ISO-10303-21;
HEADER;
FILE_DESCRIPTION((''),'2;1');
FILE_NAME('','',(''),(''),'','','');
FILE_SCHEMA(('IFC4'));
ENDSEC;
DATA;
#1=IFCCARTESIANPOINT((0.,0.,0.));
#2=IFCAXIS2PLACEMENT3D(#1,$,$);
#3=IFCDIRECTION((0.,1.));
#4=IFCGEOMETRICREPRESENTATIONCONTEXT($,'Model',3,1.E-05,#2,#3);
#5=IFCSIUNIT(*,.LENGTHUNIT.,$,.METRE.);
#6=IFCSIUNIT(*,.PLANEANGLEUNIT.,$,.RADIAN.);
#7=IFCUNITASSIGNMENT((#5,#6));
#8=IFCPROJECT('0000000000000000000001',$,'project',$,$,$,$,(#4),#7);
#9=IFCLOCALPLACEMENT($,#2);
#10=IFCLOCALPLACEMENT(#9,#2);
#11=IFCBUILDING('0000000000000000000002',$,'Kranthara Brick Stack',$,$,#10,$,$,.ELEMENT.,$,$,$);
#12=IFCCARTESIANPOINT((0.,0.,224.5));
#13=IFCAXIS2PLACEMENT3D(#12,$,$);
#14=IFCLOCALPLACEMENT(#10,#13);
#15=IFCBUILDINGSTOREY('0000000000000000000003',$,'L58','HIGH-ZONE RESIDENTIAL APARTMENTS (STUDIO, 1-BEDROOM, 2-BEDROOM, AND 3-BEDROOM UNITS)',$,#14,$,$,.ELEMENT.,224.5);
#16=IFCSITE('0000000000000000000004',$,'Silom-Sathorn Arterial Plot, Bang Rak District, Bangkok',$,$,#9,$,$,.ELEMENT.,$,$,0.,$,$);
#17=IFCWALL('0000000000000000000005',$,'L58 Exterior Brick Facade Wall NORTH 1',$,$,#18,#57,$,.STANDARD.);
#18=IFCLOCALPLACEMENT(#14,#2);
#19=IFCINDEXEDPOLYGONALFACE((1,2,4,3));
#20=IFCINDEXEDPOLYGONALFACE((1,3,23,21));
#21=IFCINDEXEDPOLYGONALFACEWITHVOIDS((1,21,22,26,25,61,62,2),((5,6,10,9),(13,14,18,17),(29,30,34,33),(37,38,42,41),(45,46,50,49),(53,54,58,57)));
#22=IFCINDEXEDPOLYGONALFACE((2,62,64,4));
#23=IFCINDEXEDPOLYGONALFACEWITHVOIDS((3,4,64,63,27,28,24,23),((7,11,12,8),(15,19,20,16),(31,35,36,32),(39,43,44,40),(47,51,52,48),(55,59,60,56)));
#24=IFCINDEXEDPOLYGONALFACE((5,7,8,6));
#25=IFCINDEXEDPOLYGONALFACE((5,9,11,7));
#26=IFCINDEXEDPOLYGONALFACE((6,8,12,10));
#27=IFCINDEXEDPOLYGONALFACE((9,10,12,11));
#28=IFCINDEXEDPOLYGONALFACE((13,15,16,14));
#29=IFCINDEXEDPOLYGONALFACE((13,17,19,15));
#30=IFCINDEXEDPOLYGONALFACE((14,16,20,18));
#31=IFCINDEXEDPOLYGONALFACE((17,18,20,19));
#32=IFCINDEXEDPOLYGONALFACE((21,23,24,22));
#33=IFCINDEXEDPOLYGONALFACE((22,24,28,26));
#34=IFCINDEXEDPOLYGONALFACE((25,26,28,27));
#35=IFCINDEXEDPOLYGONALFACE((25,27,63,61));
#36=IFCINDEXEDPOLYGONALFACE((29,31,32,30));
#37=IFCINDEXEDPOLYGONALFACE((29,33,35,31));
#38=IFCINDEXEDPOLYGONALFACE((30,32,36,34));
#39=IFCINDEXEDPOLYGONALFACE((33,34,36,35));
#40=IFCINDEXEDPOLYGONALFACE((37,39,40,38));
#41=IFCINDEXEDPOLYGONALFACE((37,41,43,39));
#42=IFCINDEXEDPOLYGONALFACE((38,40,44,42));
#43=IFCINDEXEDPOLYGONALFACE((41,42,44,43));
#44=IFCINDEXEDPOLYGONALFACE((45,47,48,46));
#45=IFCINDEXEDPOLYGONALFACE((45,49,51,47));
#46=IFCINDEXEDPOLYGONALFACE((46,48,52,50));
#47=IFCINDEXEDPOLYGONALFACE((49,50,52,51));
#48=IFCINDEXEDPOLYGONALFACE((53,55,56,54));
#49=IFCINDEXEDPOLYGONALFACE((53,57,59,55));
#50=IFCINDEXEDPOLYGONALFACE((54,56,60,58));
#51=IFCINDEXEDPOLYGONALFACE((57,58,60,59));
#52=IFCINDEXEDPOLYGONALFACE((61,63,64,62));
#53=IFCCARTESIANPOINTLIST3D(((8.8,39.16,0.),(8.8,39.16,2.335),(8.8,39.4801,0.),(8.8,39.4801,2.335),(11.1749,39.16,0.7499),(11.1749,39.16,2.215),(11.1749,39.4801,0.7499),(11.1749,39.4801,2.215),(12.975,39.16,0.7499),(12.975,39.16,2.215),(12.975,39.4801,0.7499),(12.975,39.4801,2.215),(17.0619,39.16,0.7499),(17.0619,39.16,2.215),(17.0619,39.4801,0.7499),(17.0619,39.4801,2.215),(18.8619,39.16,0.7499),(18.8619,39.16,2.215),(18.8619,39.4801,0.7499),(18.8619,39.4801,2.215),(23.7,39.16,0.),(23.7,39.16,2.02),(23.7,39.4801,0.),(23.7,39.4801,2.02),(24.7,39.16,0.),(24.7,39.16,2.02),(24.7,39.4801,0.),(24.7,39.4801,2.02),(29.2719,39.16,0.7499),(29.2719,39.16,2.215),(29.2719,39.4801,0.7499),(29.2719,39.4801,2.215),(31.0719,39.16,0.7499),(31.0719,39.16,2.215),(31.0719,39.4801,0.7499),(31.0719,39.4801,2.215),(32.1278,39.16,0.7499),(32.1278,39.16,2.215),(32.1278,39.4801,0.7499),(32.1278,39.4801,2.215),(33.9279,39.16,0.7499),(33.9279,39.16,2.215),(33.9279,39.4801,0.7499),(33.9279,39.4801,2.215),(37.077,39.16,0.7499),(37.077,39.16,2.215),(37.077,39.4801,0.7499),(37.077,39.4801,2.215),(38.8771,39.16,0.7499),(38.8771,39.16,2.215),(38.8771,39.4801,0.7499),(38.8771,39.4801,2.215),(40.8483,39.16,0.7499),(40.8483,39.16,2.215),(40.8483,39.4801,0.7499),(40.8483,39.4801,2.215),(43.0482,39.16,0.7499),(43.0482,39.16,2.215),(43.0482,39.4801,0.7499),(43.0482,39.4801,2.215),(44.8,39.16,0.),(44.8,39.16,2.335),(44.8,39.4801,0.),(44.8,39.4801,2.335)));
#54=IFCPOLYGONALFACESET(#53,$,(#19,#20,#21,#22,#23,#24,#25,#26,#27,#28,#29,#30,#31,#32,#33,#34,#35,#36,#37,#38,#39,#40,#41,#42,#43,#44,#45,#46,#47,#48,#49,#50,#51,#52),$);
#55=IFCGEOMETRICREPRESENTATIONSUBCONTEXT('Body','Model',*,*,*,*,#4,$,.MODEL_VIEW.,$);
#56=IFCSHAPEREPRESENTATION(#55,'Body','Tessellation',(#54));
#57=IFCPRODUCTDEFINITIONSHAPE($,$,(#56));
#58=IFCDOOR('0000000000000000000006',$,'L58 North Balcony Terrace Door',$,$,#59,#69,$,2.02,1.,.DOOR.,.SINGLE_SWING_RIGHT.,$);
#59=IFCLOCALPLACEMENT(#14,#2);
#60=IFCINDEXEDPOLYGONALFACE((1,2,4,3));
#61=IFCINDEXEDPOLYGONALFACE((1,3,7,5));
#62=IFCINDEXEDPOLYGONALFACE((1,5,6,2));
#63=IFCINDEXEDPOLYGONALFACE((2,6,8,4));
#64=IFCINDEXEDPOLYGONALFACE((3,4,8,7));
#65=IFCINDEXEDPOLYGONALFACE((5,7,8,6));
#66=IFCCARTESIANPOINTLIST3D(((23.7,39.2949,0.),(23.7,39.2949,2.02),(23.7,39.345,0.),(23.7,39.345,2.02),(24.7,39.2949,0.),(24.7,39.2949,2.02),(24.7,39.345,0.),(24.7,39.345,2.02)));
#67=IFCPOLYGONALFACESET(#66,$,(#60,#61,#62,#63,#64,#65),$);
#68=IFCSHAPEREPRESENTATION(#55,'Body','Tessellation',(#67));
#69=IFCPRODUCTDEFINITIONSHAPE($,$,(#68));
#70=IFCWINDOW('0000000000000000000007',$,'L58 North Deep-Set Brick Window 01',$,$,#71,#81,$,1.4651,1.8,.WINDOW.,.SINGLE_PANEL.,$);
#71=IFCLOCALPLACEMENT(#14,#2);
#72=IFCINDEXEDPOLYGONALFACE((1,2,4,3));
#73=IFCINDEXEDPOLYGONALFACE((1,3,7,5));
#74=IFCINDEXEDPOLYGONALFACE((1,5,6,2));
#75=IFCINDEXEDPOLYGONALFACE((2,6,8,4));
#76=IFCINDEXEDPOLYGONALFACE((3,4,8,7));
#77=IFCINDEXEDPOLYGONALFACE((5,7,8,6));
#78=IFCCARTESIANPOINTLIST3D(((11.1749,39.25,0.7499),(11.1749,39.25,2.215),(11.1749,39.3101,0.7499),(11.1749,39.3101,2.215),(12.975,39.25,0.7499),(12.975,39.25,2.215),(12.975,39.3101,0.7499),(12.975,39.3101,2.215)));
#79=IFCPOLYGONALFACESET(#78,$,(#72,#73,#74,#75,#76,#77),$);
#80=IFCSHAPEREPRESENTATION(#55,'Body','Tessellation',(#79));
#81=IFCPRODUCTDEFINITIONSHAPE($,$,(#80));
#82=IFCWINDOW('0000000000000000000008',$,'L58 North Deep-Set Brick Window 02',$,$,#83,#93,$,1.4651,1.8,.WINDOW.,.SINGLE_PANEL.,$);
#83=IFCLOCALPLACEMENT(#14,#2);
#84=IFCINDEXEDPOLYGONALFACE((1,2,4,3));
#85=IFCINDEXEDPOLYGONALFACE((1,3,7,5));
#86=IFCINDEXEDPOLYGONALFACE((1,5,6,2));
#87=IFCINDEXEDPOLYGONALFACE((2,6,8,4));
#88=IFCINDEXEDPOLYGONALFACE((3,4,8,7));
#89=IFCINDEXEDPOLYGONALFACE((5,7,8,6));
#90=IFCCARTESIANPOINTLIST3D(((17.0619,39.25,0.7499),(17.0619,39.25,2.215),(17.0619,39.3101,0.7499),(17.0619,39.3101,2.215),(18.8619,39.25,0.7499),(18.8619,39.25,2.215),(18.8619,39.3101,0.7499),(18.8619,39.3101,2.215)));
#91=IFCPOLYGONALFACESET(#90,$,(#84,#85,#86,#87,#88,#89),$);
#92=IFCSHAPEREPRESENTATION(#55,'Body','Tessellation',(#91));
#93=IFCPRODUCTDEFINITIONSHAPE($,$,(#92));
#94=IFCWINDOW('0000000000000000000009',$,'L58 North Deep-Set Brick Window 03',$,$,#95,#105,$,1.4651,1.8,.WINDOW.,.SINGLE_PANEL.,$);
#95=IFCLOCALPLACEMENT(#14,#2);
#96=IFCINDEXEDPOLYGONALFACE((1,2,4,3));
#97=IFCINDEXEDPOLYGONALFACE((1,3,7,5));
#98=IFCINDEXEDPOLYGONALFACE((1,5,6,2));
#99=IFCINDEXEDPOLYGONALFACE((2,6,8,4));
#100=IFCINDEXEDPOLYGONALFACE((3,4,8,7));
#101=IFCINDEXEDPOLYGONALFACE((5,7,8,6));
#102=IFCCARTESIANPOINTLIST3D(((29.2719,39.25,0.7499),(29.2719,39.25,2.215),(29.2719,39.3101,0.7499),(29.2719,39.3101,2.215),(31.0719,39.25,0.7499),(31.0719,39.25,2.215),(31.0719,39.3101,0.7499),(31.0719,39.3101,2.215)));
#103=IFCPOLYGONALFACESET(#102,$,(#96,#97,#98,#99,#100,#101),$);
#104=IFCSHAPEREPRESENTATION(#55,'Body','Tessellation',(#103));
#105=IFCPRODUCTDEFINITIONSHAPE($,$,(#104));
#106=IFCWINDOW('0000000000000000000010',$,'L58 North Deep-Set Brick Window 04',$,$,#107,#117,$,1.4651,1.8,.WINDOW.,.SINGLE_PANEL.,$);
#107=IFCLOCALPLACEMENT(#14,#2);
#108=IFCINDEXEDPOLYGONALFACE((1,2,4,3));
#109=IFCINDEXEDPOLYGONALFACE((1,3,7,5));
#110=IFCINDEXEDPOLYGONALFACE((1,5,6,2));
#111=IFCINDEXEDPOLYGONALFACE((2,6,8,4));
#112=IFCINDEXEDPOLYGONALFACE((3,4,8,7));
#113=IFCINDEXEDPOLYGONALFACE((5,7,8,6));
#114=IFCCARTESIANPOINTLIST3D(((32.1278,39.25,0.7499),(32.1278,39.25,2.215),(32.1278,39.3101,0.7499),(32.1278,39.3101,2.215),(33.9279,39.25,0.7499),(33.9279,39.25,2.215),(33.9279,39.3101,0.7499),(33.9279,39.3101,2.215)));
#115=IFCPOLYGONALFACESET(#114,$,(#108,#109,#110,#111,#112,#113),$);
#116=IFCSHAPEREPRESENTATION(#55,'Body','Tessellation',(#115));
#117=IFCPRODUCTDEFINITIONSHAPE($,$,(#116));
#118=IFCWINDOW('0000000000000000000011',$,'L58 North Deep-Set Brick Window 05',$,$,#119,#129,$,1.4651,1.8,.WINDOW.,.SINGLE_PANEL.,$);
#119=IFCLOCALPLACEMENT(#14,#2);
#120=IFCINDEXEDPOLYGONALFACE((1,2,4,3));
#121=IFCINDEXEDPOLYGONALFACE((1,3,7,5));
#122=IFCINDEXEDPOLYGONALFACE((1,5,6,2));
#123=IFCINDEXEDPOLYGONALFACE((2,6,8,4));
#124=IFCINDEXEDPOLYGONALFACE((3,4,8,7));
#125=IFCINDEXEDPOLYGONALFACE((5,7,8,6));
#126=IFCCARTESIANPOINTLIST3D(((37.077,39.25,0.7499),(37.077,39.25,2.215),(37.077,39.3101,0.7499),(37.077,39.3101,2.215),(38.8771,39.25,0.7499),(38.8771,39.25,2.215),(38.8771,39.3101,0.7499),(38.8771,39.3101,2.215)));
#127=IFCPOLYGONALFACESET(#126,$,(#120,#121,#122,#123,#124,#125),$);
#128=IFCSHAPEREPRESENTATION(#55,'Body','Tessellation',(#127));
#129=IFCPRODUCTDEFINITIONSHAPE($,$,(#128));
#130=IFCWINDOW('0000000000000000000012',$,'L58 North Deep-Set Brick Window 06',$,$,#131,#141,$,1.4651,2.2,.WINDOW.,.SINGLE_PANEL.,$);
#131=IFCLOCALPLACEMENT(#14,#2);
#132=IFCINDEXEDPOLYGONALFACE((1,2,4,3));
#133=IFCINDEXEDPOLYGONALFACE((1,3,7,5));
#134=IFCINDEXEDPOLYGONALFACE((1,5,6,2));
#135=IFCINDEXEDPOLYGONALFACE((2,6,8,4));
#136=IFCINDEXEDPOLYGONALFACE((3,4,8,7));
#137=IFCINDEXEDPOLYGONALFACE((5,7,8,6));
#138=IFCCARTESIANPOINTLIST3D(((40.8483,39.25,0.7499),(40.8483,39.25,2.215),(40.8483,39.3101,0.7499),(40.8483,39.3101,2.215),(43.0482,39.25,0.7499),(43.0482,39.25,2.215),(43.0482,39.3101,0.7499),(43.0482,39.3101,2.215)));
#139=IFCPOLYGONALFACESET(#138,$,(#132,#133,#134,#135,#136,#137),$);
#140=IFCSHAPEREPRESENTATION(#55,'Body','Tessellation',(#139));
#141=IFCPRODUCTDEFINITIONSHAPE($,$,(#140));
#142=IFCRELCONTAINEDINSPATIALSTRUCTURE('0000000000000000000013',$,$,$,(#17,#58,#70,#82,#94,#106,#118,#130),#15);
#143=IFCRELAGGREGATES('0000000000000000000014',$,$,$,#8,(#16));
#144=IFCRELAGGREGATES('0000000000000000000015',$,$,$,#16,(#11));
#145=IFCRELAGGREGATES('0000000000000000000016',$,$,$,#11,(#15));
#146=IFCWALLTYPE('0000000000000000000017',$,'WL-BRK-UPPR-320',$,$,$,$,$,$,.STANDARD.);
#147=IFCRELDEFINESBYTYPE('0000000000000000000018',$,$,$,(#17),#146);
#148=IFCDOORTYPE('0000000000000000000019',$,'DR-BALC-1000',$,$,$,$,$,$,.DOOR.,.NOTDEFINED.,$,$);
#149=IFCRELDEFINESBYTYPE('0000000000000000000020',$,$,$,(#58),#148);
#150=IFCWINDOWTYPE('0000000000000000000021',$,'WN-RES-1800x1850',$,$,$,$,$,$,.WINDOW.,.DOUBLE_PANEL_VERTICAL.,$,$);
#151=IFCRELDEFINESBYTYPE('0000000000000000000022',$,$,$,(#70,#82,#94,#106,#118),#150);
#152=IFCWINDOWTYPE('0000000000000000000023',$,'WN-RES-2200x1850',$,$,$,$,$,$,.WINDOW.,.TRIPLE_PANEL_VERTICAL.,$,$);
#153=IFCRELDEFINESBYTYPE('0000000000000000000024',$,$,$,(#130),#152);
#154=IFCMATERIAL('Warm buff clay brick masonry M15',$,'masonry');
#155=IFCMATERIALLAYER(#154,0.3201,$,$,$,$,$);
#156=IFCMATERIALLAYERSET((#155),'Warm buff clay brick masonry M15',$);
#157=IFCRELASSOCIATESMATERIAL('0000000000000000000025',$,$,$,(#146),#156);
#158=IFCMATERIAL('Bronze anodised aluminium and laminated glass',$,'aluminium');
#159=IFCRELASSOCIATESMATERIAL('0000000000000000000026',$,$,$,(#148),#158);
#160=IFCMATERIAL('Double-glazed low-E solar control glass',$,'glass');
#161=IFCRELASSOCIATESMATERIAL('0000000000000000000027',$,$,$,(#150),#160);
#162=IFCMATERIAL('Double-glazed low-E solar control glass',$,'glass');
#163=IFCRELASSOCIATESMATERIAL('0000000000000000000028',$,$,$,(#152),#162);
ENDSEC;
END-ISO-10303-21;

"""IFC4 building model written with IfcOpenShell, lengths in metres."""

from ifc_helpers import new_model, si_unit, direction, frame, frame_2d, origin, place, context, subcontext, project, spatial, rectangle, extrude, material, layer, layer_set, type_object, element, fill, save


model = new_model("IFC4")

# Units and contexts
model_context = context("Model", 3, precision=1e-05, world=origin(), true_north=direction((0.0, 1.0)))
body_context = subcontext(model_context, "Body", "Model", "MODEL_VIEW")
ifc_project = project(units=[si_unit("LENGTHUNIT", "METRE"), si_unit("PLANEANGLEUNIT", "RADIAN")], contexts=[model_context])

# Site, building, storey
site_placement = place(None, origin())
site = spatial("IfcSite", under=ifc_project, at=site_placement, Name="Silom-Sathorn Arterial Plot, Bang Rak District, Bangkok", CompositionType="ELEMENT", RefElevation=0.0)
building_placement = place(site_placement, origin())
building = spatial("IfcBuilding", under=site, at=building_placement, Name="Kranthara Brick Stack", CompositionType="ELEMENT")
storey_placement = place(building_placement, frame((0.0, 0.0, 224.5)))
storey = spatial("IfcBuildingStorey", under=building, at=storey_placement, Name="L58", Description="HIGH-ZONE RESIDENTIAL APARTMENTS (STUDIO, 1-BEDROOM, 2-BEDROOM, AND 3-BEDROOM UNITS)", CompositionType="ELEMENT", Elevation=224.5)

# Shared definitions
ifc_material_1 = material(Name="Warm buff clay brick masonry M15", Category="masonry")
ifc_layer_1 = layer(ifc_material_1, 0.3201)
ifc_layer_set_1 = layer_set([ifc_layer_1], Name="Warm buff clay brick masonry M15")
wall_type_1 = type_object("IfcWallType", Name="WL-BRK-UPPR-320", PredefinedType="STANDARD", material=ifc_layer_set_1)

# Wall, openings, door, windows
wall_1_placement = place(storey_placement, frame((8.8, 39.3201, 0.0), z_axis=(0.0, 0.0, 1.0), x_axis=(1.0, 0.0, 0.0)))
wall_1 = element("IfcWall", 1, at=wall_1_placement, inside=storey, type_object=wall_type_1, Name="L58 Exterior Brick Facade Wall NORTH 1", PredefinedType="STANDARD", context=body_context, shape_type="SweptSolid", body=[
    extrude(rectangle(XDim=36.0, YDim=0.3201, at=frame_2d((18.0, 0.0))), origin(), (0.0, 0.0, 1.0), 2.335),
])
opening_1_placement = place(wall_1_placement, frame((14.8999, 0.0, 0.0)))
opening_1 = element("IfcOpeningElement", 2, at=opening_1_placement, cuts=wall_1, PredefinedType="OPENING", context=body_context, shape_type="SweptSolid", body=[
    extrude(rectangle(XDim=1.0, YDim=2.02, at=frame_2d((0.5, 1.01))), frame((0.0, 0.1699, 0.0), z_axis=(0.0, -1.0, 0.0), x_axis=(1.0, 0.0, 0.0)), (0.0, 0.0, 1.0), 0.3401),
])
opening_2_placement = place(wall_1_placement, frame((2.375, 0.0, 0.75)))
opening_2 = element("IfcOpeningElement", 3, at=opening_2_placement, cuts=wall_1, PredefinedType="OPENING", context=body_context, shape_type="SweptSolid", body=[
    extrude(rectangle(XDim=1.8, YDim=1.4651, at=frame_2d((0.8999, 0.7324))), frame((0.0, 0.1699, 0.0), z_axis=(0.0, -1.0, 0.0), x_axis=(1.0, 0.0, 0.0)), (0.0, 0.0, 1.0), 0.3401),
])
opening_3_placement = place(wall_1_placement, frame((8.262, 0.0, 0.75)))
opening_3 = element("IfcOpeningElement", 4, at=opening_3_placement, cuts=wall_1, PredefinedType="OPENING", context=body_context, shape_type="SweptSolid", body=[
    extrude(rectangle(XDim=1.8, YDim=1.4651, at=frame_2d((0.8999, 0.7324))), frame((0.0, 0.1699, 0.0), z_axis=(0.0, -1.0, 0.0), x_axis=(1.0, 0.0, 0.0)), (0.0, 0.0, 1.0), 0.3401),
])
opening_4_placement = place(wall_1_placement, frame((20.4719, 0.0, 0.75)))
opening_4 = element("IfcOpeningElement", 5, at=opening_4_placement, cuts=wall_1, PredefinedType="OPENING", context=body_context, shape_type="SweptSolid", body=[
    extrude(rectangle(XDim=1.8, YDim=1.4651, at=frame_2d((0.8999, 0.7324))), frame((0.0, 0.1699, 0.0), z_axis=(0.0, -1.0, 0.0), x_axis=(1.0, 0.0, 0.0)), (0.0, 0.0, 1.0), 0.3401),
])
opening_5_placement = place(wall_1_placement, frame((23.3279, 0.0, 0.75)))
opening_5 = element("IfcOpeningElement", 6, at=opening_5_placement, cuts=wall_1, PredefinedType="OPENING", context=body_context, shape_type="SweptSolid", body=[
    extrude(rectangle(XDim=1.8, YDim=1.4651, at=frame_2d((0.8999, 0.7324))), frame((0.0, 0.1699, 0.0), z_axis=(0.0, -1.0, 0.0), x_axis=(1.0, 0.0, 0.0)), (0.0, 0.0, 1.0), 0.3401),
])
opening_6_placement = place(wall_1_placement, frame((28.2771, 0.0, 0.75)))
opening_6 = element("IfcOpeningElement", 7, at=opening_6_placement, cuts=wall_1, PredefinedType="OPENING", context=body_context, shape_type="SweptSolid", body=[
    extrude(rectangle(XDim=1.8, YDim=1.4651, at=frame_2d((0.8999, 0.7324))), frame((0.0, 0.1699, 0.0), z_axis=(0.0, -1.0, 0.0), x_axis=(1.0, 0.0, 0.0)), (0.0, 0.0, 1.0), 0.3401),
])
opening_7_placement = place(wall_1_placement, frame((32.0481, 0.0, 0.75)))
opening_7 = element("IfcOpeningElement", 8, at=opening_7_placement, cuts=wall_1, PredefinedType="OPENING", context=body_context, shape_type="SweptSolid", body=[
    extrude(rectangle(XDim=2.2, YDim=1.4651, at=frame_2d((1.1001, 0.7324))), frame((0.0, 0.1699, 0.0), z_axis=(0.0, -1.0, 0.0), x_axis=(1.0, 0.0, 0.0)), (0.0, 0.0, 1.0), 0.3401),
])
ifc_material_2 = material(Name="Bronze anodised aluminium and laminated glass", Category="aluminium")
door_type_1 = type_object("IfcDoorType", Name="DR-BALC-1000", OperationType="NOTDEFINED", PredefinedType="DOOR", material=ifc_material_2)
door_1_placement = place(opening_1_placement, origin())
door_1 = element("IfcDoor", 9, at=door_1_placement, inside=storey, type_object=door_type_1, Name="L58 North Balcony Terrace Door", OperationType="SINGLE_SWING_RIGHT", OverallHeight=2.02, OverallWidth=1.0, PredefinedType="DOOR", context=body_context, shape_type="SweptSolid", body=[
    extrude(rectangle(XDim=1.0, YDim=2.02, at=frame_2d((0.5, 1.01))), frame((0.0, 0.0249, 0.0), z_axis=(0.0, -1.0, 0.0), x_axis=(1.0, 0.0, 0.0)), (0.0, 0.0, 1.0), 0.05),
])
fill(opening_1, door_1)
ifc_material_3 = material(Name="Double-glazed low-E solar control glass", Category="glass")
window_type_1 = type_object("IfcWindowType", Name="WN-RES-1800x1850", PartitioningType="DOUBLE_PANEL_VERTICAL", PredefinedType="WINDOW", material=ifc_material_3)
window_1_placement = place(opening_2_placement, origin())
window_1 = element("IfcWindow", 10, at=window_1_placement, inside=storey, type_object=window_type_1, Name="L58 North Deep-Set Brick Window 01", OverallHeight=1.4651, OverallWidth=1.8, PartitioningType="SINGLE_PANEL", PredefinedType="WINDOW", context=body_context, shape_type="SweptSolid", body=[
    extrude(rectangle(XDim=1.8, YDim=1.4651, at=frame_2d((0.8999, 0.7324))), frame((0.0, -0.01, 0.0), z_axis=(0.0, -1.0, 0.0), x_axis=(1.0, 0.0, 0.0)), (0.0, 0.0, 1.0), 0.0601),
])
fill(opening_2, window_1)
window_2_placement = place(opening_3_placement, origin())
window_2 = element("IfcWindow", 11, at=window_2_placement, inside=storey, type_object=window_type_1, Name="L58 North Deep-Set Brick Window 02", OverallHeight=1.4651, OverallWidth=1.8, PartitioningType="SINGLE_PANEL", PredefinedType="WINDOW", context=body_context, shape_type="SweptSolid", body=[
    extrude(rectangle(XDim=1.8, YDim=1.4651, at=frame_2d((0.8999, 0.7324))), frame((0.0, -0.01, 0.0), z_axis=(0.0, -1.0, 0.0), x_axis=(1.0, 0.0, 0.0)), (0.0, 0.0, 1.0), 0.0601),
])
fill(opening_3, window_2)
window_3_placement = place(opening_4_placement, origin())
window_3 = element("IfcWindow", 12, at=window_3_placement, inside=storey, type_object=window_type_1, Name="L58 North Deep-Set Brick Window 03", OverallHeight=1.4651, OverallWidth=1.8, PartitioningType="SINGLE_PANEL", PredefinedType="WINDOW", context=body_context, shape_type="SweptSolid", body=[
    extrude(rectangle(XDim=1.8, YDim=1.4651, at=frame_2d((0.8999, 0.7324))), frame((0.0, -0.01, 0.0), z_axis=(0.0, -1.0, 0.0), x_axis=(1.0, 0.0, 0.0)), (0.0, 0.0, 1.0), 0.0601),
])
fill(opening_4, window_3)
window_4_placement = place(opening_5_placement, origin())
window_4 = element("IfcWindow", 13, at=window_4_placement, inside=storey, type_object=window_type_1, Name="L58 North Deep-Set Brick Window 04", OverallHeight=1.4651, OverallWidth=1.8, PartitioningType="SINGLE_PANEL", PredefinedType="WINDOW", context=body_context, shape_type="SweptSolid", body=[
    extrude(rectangle(XDim=1.8, YDim=1.4651, at=frame_2d((0.8999, 0.7324))), frame((0.0, -0.01, 0.0), z_axis=(0.0, -1.0, 0.0), x_axis=(1.0, 0.0, 0.0)), (0.0, 0.0, 1.0), 0.0601),
])
fill(opening_5, window_4)
window_5_placement = place(opening_6_placement, origin())
window_5 = element("IfcWindow", 14, at=window_5_placement, inside=storey, type_object=window_type_1, Name="L58 North Deep-Set Brick Window 05", OverallHeight=1.4651, OverallWidth=1.8, PartitioningType="SINGLE_PANEL", PredefinedType="WINDOW", context=body_context, shape_type="SweptSolid", body=[
    extrude(rectangle(XDim=1.8, YDim=1.4651, at=frame_2d((0.8999, 0.7324))), frame((0.0, -0.01, 0.0), z_axis=(0.0, -1.0, 0.0), x_axis=(1.0, 0.0, 0.0)), (0.0, 0.0, 1.0), 0.0601),
])
fill(opening_6, window_5)
ifc_material_4 = material(Name="Double-glazed low-E solar control glass", Category="glass")
window_type_2 = type_object("IfcWindowType", Name="WN-RES-2200x1850", PartitioningType="TRIPLE_PANEL_VERTICAL", PredefinedType="WINDOW", material=ifc_material_4)
window_6_placement = place(opening_7_placement, origin())
window_6 = element("IfcWindow", 15, at=window_6_placement, inside=storey, type_object=window_type_2, Name="L58 North Deep-Set Brick Window 06", OverallHeight=1.4651, OverallWidth=2.2, PartitioningType="SINGLE_PANEL", PredefinedType="WINDOW", context=body_context, shape_type="SweptSolid", body=[
    extrude(rectangle(XDim=2.2, YDim=1.4651, at=frame_2d((1.1001, 0.7324))), frame((0.0, -0.01, 0.0), z_axis=(0.0, -1.0, 0.0), x_axis=(1.0, 0.0, 0.0)), (0.0, 0.0, 1.0), 0.0601),
])
fill(opening_7, window_6)

save(model, "model.ifc")
